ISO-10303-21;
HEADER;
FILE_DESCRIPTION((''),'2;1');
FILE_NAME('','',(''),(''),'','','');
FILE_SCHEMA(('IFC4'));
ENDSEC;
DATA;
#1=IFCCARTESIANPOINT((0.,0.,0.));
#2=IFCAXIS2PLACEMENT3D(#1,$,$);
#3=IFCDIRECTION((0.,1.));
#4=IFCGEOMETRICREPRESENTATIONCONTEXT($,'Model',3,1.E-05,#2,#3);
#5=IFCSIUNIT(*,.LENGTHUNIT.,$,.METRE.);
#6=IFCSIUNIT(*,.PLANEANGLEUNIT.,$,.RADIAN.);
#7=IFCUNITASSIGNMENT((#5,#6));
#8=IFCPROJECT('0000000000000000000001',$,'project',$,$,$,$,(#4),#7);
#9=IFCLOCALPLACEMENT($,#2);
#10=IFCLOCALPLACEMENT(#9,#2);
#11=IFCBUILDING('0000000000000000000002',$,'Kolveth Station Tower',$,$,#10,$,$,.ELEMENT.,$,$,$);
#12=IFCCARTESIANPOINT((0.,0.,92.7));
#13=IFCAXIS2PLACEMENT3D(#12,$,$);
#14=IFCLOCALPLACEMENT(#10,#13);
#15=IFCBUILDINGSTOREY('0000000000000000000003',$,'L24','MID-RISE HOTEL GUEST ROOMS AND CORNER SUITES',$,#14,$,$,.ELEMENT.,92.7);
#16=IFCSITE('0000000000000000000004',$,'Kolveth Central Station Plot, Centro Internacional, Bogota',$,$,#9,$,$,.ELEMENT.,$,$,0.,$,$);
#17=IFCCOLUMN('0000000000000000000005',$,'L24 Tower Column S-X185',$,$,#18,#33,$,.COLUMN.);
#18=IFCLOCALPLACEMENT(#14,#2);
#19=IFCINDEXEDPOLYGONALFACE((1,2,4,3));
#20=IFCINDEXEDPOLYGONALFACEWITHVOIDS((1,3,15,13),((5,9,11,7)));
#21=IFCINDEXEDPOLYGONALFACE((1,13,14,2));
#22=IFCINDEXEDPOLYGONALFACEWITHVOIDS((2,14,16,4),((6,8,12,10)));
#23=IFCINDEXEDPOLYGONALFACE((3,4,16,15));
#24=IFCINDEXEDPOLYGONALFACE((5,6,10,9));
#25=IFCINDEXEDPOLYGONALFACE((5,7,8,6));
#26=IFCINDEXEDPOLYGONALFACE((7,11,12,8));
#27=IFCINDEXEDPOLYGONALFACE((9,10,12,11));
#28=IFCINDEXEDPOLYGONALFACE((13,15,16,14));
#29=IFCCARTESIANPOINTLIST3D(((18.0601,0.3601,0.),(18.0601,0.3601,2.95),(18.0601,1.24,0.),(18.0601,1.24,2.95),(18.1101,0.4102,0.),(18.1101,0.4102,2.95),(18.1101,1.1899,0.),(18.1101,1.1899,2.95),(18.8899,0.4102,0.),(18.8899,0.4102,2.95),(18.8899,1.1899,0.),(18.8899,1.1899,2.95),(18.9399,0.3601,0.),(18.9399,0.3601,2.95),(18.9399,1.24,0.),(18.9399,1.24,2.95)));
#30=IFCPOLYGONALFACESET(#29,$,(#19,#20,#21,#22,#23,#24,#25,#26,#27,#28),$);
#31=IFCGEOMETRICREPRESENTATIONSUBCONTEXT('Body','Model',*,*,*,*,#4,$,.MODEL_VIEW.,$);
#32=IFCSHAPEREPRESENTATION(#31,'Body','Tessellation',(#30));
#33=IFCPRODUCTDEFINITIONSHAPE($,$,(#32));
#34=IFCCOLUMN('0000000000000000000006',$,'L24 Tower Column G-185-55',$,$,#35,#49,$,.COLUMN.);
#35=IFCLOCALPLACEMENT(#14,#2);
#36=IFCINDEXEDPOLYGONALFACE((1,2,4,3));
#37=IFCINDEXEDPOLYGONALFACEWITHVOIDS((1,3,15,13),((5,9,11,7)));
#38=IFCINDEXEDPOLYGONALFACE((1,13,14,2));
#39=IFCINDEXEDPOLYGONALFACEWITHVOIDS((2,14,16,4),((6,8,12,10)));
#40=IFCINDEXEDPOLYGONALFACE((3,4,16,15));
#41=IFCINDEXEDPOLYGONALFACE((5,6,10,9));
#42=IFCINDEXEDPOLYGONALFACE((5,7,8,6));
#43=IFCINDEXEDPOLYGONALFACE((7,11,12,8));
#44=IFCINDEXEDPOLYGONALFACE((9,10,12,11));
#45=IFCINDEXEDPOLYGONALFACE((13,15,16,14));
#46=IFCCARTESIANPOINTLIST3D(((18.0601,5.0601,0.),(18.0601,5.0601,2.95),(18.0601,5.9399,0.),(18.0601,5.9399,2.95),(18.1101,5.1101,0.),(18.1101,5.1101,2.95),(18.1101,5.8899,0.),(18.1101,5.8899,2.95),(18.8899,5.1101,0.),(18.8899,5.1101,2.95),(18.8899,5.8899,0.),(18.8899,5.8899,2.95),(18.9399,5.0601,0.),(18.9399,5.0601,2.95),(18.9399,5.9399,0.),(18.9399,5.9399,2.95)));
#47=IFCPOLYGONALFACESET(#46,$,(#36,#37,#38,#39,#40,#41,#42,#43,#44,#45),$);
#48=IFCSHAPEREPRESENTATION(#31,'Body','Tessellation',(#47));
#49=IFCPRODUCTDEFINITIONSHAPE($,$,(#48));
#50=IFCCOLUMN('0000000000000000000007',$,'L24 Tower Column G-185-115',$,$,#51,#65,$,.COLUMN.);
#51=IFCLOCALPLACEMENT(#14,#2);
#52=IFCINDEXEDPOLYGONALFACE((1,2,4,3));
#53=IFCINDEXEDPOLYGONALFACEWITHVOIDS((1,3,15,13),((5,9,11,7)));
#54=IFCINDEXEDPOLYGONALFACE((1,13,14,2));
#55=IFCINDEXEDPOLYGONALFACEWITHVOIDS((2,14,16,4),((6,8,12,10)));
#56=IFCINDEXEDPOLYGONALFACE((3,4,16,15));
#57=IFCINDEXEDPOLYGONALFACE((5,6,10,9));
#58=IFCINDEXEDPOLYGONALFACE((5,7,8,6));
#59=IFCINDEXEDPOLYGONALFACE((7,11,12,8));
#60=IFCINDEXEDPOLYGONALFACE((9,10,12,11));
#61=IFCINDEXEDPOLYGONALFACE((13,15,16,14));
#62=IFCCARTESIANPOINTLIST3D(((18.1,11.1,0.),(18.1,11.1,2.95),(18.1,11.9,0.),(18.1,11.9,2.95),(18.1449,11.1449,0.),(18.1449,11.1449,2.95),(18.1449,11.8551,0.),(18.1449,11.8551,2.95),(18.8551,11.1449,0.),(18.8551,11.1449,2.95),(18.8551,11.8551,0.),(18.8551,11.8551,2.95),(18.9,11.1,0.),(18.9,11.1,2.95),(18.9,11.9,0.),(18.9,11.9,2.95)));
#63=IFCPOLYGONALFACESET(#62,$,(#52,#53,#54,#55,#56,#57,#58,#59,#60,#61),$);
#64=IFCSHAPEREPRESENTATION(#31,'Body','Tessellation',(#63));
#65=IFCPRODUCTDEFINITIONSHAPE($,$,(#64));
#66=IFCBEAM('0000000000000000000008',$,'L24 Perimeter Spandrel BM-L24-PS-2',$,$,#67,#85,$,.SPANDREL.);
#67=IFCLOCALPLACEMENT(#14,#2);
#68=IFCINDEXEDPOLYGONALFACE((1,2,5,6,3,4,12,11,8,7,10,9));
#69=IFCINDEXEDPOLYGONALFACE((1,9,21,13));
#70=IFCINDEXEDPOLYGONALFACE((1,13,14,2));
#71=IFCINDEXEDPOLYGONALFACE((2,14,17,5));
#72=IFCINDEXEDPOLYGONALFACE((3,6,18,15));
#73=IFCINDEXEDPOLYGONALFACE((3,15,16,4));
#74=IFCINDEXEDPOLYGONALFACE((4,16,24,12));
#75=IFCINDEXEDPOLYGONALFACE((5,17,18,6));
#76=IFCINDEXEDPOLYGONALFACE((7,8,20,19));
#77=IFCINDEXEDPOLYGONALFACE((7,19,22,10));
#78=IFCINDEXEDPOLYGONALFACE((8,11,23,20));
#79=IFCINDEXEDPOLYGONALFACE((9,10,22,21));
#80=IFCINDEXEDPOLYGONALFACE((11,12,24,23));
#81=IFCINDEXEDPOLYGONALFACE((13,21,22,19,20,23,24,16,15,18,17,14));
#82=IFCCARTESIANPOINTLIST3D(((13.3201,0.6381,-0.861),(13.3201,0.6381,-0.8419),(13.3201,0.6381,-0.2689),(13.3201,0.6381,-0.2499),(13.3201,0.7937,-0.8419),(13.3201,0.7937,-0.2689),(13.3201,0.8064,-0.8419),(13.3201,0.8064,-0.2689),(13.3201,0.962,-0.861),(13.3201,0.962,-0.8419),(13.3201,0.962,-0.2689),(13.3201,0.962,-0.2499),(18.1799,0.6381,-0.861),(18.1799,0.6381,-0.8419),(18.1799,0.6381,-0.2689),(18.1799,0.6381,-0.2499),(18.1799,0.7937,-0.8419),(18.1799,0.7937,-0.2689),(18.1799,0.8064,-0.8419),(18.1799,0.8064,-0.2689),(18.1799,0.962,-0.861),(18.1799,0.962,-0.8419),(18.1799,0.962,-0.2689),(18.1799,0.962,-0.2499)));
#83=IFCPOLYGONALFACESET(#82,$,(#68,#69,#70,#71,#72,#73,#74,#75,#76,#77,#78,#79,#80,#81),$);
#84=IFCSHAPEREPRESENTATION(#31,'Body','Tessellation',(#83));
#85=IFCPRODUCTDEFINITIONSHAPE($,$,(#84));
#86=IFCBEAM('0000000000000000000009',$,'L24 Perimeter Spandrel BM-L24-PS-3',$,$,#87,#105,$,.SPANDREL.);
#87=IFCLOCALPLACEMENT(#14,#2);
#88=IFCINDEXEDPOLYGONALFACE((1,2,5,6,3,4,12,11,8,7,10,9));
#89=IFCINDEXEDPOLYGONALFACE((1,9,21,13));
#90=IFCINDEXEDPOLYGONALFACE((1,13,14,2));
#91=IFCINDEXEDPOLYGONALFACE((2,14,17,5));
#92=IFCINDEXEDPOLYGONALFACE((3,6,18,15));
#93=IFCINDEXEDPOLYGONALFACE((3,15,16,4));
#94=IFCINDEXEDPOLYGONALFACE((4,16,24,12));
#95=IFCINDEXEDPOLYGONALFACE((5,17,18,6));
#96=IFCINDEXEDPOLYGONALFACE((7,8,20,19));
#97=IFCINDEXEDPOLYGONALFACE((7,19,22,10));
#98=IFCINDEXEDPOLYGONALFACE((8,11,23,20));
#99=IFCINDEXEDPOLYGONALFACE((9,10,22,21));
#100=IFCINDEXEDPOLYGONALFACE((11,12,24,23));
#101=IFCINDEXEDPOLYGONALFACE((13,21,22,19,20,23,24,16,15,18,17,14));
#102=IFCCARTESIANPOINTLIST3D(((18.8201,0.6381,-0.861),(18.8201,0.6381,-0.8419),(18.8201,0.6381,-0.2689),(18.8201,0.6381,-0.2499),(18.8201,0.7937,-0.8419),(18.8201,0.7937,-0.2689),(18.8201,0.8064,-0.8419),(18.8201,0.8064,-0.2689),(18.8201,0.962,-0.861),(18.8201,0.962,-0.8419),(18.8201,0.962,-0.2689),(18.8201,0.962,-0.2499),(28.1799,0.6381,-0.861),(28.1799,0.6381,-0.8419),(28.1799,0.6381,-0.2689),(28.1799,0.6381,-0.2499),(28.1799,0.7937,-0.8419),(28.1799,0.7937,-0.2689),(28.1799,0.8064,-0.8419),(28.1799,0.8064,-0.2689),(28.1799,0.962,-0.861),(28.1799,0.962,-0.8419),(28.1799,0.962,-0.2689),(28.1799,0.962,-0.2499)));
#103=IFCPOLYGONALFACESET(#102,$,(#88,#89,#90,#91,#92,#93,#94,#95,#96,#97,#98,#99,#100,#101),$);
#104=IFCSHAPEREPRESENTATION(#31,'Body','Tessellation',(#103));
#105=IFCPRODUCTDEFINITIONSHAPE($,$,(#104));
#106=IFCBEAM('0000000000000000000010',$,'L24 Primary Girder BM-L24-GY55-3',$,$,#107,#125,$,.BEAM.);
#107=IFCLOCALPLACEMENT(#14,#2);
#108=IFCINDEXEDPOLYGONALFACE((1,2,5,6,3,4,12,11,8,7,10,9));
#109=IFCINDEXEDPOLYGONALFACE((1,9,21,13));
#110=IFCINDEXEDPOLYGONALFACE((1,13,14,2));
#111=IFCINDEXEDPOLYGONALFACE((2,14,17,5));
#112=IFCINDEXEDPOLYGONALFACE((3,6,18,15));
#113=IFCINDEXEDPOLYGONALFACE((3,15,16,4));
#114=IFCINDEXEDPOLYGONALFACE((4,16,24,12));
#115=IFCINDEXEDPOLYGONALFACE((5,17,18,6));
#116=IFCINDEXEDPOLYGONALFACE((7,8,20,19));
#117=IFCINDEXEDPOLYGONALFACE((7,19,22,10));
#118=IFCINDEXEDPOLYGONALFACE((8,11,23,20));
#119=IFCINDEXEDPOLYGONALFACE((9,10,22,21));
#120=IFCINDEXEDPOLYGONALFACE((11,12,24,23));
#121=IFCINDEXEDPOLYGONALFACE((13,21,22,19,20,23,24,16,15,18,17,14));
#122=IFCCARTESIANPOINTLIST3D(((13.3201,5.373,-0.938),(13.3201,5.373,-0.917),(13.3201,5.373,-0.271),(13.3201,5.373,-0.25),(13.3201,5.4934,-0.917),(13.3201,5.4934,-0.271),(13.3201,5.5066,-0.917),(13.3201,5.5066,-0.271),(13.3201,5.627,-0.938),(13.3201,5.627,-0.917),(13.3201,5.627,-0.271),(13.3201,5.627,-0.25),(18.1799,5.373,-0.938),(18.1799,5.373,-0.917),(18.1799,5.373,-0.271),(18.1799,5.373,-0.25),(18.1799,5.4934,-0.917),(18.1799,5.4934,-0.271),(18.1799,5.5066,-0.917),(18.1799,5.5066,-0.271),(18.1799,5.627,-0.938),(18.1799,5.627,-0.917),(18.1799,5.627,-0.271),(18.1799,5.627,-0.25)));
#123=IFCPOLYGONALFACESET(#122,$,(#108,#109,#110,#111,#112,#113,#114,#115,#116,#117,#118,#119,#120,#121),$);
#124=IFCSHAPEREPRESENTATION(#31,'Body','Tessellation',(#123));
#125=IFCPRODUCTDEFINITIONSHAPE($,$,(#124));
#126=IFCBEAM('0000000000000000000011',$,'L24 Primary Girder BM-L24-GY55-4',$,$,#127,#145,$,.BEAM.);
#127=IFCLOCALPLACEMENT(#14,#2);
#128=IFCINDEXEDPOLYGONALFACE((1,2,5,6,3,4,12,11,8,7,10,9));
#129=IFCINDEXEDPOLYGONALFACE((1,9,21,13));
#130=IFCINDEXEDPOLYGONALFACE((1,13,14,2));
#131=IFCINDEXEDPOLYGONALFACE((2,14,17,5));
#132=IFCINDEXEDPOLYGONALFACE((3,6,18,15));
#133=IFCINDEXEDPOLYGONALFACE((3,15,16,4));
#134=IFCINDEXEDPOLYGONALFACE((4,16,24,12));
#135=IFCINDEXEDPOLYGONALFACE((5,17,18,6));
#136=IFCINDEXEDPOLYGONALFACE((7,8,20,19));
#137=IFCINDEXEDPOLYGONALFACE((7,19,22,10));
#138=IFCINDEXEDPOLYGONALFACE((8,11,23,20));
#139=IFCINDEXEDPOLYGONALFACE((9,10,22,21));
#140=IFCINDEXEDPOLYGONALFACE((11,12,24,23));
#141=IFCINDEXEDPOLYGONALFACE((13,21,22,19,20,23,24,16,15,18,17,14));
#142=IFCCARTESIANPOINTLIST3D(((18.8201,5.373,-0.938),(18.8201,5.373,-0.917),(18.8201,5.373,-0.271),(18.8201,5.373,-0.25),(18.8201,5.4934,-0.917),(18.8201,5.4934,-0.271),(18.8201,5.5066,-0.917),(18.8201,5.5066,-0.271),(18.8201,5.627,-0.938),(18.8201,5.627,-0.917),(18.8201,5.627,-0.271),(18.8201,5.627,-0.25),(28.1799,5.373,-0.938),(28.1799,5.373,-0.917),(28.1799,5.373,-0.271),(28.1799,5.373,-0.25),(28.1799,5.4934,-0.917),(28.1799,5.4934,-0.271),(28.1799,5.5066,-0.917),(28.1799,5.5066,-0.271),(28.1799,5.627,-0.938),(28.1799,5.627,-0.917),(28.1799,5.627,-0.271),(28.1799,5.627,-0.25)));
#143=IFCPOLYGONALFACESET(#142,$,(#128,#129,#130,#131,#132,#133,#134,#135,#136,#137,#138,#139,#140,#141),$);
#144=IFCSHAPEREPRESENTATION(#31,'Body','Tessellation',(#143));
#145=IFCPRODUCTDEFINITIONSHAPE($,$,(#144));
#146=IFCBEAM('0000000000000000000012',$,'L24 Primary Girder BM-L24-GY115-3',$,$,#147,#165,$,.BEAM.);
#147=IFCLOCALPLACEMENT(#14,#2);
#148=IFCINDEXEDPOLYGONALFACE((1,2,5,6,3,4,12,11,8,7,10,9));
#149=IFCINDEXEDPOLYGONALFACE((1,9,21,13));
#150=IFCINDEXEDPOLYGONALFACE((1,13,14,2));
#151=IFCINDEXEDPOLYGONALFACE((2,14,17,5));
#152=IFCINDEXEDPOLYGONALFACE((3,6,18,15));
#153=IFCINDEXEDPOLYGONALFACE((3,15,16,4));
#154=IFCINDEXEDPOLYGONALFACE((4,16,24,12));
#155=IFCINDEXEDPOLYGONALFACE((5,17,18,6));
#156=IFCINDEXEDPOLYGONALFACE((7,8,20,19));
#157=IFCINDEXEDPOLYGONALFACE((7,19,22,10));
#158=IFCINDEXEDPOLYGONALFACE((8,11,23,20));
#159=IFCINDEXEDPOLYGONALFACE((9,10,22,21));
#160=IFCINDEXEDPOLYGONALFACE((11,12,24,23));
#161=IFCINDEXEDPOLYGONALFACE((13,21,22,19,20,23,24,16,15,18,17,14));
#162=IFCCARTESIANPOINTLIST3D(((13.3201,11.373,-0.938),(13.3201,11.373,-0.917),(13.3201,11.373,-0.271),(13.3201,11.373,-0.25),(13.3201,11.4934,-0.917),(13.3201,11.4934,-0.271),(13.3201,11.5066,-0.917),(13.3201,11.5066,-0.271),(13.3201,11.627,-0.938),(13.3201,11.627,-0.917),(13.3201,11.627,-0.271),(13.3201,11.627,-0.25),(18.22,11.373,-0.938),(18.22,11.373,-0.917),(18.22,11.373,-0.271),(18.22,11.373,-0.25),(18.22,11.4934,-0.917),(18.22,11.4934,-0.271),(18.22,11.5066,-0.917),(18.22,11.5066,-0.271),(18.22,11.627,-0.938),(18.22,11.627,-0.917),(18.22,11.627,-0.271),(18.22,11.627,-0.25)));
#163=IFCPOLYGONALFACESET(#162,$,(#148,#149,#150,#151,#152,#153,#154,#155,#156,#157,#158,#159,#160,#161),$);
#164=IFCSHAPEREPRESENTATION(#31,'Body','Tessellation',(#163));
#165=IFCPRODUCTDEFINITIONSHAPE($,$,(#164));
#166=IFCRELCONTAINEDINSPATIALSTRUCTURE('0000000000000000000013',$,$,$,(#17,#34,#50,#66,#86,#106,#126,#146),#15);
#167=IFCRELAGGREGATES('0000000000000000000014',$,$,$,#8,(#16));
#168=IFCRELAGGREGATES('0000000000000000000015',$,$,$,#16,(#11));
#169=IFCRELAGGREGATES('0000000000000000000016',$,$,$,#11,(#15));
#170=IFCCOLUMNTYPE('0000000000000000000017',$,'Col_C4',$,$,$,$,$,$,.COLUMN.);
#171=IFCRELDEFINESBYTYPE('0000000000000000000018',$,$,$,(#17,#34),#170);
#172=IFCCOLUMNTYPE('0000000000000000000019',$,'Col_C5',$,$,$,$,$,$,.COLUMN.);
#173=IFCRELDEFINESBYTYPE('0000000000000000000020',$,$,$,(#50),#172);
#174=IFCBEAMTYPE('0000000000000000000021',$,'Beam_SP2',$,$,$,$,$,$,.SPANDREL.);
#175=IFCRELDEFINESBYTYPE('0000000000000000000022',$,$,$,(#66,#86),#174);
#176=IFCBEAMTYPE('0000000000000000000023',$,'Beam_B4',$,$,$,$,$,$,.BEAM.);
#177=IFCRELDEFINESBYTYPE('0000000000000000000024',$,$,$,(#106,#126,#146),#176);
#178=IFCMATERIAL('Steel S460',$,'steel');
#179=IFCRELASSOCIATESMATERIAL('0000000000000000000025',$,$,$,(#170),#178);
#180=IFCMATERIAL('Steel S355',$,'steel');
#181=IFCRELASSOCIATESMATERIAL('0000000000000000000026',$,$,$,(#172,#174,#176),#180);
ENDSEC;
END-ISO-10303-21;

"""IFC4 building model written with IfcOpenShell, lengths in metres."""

from ifc_helpers import new_model, si_unit, direction, frame, origin, origin_2d, place, context, subcontext, project, spatial, hollow_rectangle, i_section, extrude, source, transform, mapped, material, material_profile, profile_set, type_object, element, save


model = new_model("IFC4")

# Units and contexts
model_context = context("Model", 3, precision=1e-05, world=origin(), true_north=direction((0.0, 1.0)))
body_context = subcontext(model_context, "Body", "Model", "MODEL_VIEW")
ifc_project = project(units=[si_unit("LENGTHUNIT", "METRE"), si_unit("PLANEANGLEUNIT", "RADIAN")], contexts=[model_context])

# Site, building, storey
site_placement = place(None, origin())
site = spatial("IfcSite", under=ifc_project, at=site_placement, Name="Kolveth Central Station Plot, Centro Internacional, Bogota", CompositionType="ELEMENT", RefElevation=0.0)
building_placement = place(site_placement, origin())
building = spatial("IfcBuilding", under=site, at=building_placement, Name="Kolveth Station Tower", CompositionType="ELEMENT")
storey_placement = place(building_placement, frame((0.0, 0.0, 92.7)))
storey = spatial("IfcBuildingStorey", under=building, at=storey_placement, Name="L24", Description="MID-RISE HOTEL GUEST ROOMS AND CORNER SUITES", CompositionType="ELEMENT", Elevation=92.7)

# Columns
ifc_material_1 = material(Name="Steel S460", Category="steel")
ifc_material_profile_1 = material_profile(ifc_material_1, hollow_rectangle(XDim=0.8799, YDim=0.8799, WallThickness=0.05, at=origin_2d()), Name="BOX880x880x50")
ifc_profile_set_1 = profile_set([ifc_material_profile_1], Name="Steel S460")
column_type_1 = type_object("IfcColumnType", Name="Col_C4", PredefinedType="COLUMN", material=ifc_profile_set_1)
shared_shape_1 = source(origin(), body_context, "Body", "SweptSolid", [
    extrude(hollow_rectangle(XDim=0.8799, YDim=0.8799, WallThickness=0.05, at=origin_2d()), origin(), (0.0, 0.0, 1.0), 2.95),
])
for number, where, z_axis, x_axis, name in (
    (1, (18.5, 0.8, 0.0), (0.0, 0.0, 1.0), (1.0, 0.0, 0.0), "L24 Tower Column S-X185"),
    (2, (18.5, 5.5, 0.0), (0.0, 0.0, 1.0), (1.0, 0.0, 0.0), "L24 Tower Column G-185-55"),
):
    element("IfcColumn", number, at=place(storey_placement, frame(where, z_axis=z_axis, x_axis=x_axis)), inside=storey, type_object=column_type_1, Name=name, PredefinedType="COLUMN", context=body_context, shape_type="MappedRepresentation", body=[
        mapped(shared_shape_1, transform((0.0, 0.0, 0.0), x_axis=(1.0, 0.0, 0.0), y_axis=(0.0, 1.0, 0.0), z_axis=(0.0, 0.0, 1.0), scale=1.0)),
    ])
ifc_material_2 = material(Name="Steel S355", Category="steel")
ifc_material_profile_2 = material_profile(ifc_material_2, hollow_rectangle(XDim=0.8, YDim=0.8, WallThickness=0.0449, at=origin_2d()), Name="BOX800x800x45")
ifc_profile_set_2 = profile_set([ifc_material_profile_2], Name="Steel S355")
column_type_2 = type_object("IfcColumnType", Name="Col_C5", PredefinedType="COLUMN", material=ifc_profile_set_2)
shared_shape_2 = source(origin(), body_context, "Body", "SweptSolid", [
    extrude(hollow_rectangle(XDim=0.8, YDim=0.8, WallThickness=0.0449, at=origin_2d()), origin(), (0.0, 0.0, 1.0), 2.95),
])
column_placement = place(storey_placement, frame((18.5, 11.5, 0.0), z_axis=(0.0, 0.0, 1.0), x_axis=(1.0, 0.0, 0.0)))
element("IfcColumn", 3, at=column_placement, inside=storey, type_object=column_type_2, Name="L24 Tower Column G-185-115", PredefinedType="COLUMN", context=body_context, shape_type="MappedRepresentation", body=[
    mapped(shared_shape_2, transform((0.0, 0.0, 0.0), x_axis=(1.0, 0.0, 0.0), y_axis=(0.0, 1.0, 0.0), z_axis=(0.0, 0.0, 1.0), scale=1.0)),
])

# Beams
ifc_material_profile_3 = material_profile(ifc_material_2, i_section(OverallWidth=0.324, OverallDepth=0.6111, WebThickness=0.0127, FlangeThickness=0.019, at=origin_2d()), Name="W610x155")
ifc_profile_set_3 = profile_set([ifc_material_profile_3], Name="Steel S355")
beam_type_1 = type_object("IfcBeamType", Name="Beam_SP2", PredefinedType="SPANDREL", material=ifc_profile_set_3)
shared_shape_3 = source(origin(), body_context, "Body", "SweptSolid", [
    extrude(i_section(OverallWidth=0.324, OverallDepth=0.6111, WebThickness=0.0127, FlangeThickness=0.019, at=origin_2d()), origin(), (0.0, 0.0, 1.0), 4.8599),
])
beam_1_placement = place(storey_placement, frame((13.3201, 0.8, -0.5554), z_axis=(1.0, 0.0, 0.0), x_axis=(0.0, 1.0, 0.0)))
element("IfcBeam", 4, at=beam_1_placement, inside=storey, type_object=beam_type_1, Name="L24 Perimeter Spandrel BM-L24-PS-2", PredefinedType="SPANDREL", context=body_context, shape_type="MappedRepresentation", body=[
    mapped(shared_shape_3, transform((0.0, 0.0, 0.0), x_axis=(1.0, 0.0, 0.0), y_axis=(0.0, 1.0, 0.0), z_axis=(0.0, 0.0, 1.0), scale=1.0)),
])
shared_shape_4 = source(origin(), body_context, "Body", "SweptSolid", [
    extrude(i_section(OverallWidth=0.324, OverallDepth=0.6111, WebThickness=0.0127, FlangeThickness=0.019, at=origin_2d()), origin(), (0.0, 0.0, 1.0), 9.3599),
])
beam_2_placement = place(storey_placement, frame((18.8201, 0.8, -0.5554), z_axis=(1.0, 0.0, 0.0), x_axis=(0.0, 1.0, 0.0)))
element("IfcBeam", 5, at=beam_2_placement, inside=storey, type_object=beam_type_1, Name="L24 Perimeter Spandrel BM-L24-PS-3", PredefinedType="SPANDREL", context=body_context, shape_type="MappedRepresentation", body=[
    mapped(shared_shape_4, transform((0.0, 0.0, 0.0), x_axis=(1.0, 0.0, 0.0), y_axis=(0.0, 1.0, 0.0), z_axis=(0.0, 0.0, 1.0), scale=1.0)),
])
ifc_material_profile_4 = material_profile(ifc_material_2, i_section(OverallWidth=0.2539, OverallDepth=0.688, WebThickness=0.0132, FlangeThickness=0.021, at=origin_2d()), Name="W690x152")
ifc_profile_set_4 = profile_set([ifc_material_profile_4], Name="Steel S355")
beam_type_2 = type_object("IfcBeamType", Name="Beam_B4", PredefinedType="BEAM", material=ifc_profile_set_4)
shared_shape_5 = source(origin(), body_context, "Body", "SweptSolid", [
    extrude(i_section(OverallWidth=0.2539, OverallDepth=0.688, WebThickness=0.0132, FlangeThickness=0.021, at=origin_2d()), origin(), (0.0, 0.0, 1.0), 4.8599),
])
beam_3_placement = place(storey_placement, frame((13.3201, 5.5, -0.594), z_axis=(1.0, 0.0, 0.0), x_axis=(0.0, 1.0, 0.0)))
element("IfcBeam", 6, at=beam_3_placement, inside=storey, type_object=beam_type_2, Name="L24 Primary Girder BM-L24-GY55-3", PredefinedType="BEAM", context=body_context, shape_type="MappedRepresentation", body=[
    mapped(shared_shape_5, transform((0.0, 0.0, 0.0), x_axis=(1.0, 0.0, 0.0), y_axis=(0.0, 1.0, 0.0), z_axis=(0.0, 0.0, 1.0), scale=1.0)),
])
shared_shape_6 = source(origin(), body_context, "Body", "SweptSolid", [
    extrude(i_section(OverallWidth=0.2539, OverallDepth=0.688, WebThickness=0.0132, FlangeThickness=0.021, at=origin_2d()), origin(), (0.0, 0.0, 1.0), 9.3599),
])
beam_4_placement = place(storey_placement, frame((18.8201, 5.5, -0.594), z_axis=(1.0, 0.0, 0.0), x_axis=(0.0, 1.0, 0.0)))
element("IfcBeam", 7, at=beam_4_placement, inside=storey, type_object=beam_type_2, Name="L24 Primary Girder BM-L24-GY55-4", PredefinedType="BEAM", context=body_context, shape_type="MappedRepresentation", body=[
    mapped(shared_shape_6, transform((0.0, 0.0, 0.0), x_axis=(1.0, 0.0, 0.0), y_axis=(0.0, 1.0, 0.0), z_axis=(0.0, 0.0, 1.0), scale=1.0)),
])
shared_shape_7 = source(origin(), body_context, "Body", "SweptSolid", [
    extrude(i_section(OverallWidth=0.2539, OverallDepth=0.688, WebThickness=0.0132, FlangeThickness=0.021, at=origin_2d()), origin(), (0.0, 0.0, 1.0), 4.8999),
])
beam_5_placement = place(storey_placement, frame((13.3201, 11.5, -0.594), z_axis=(1.0, 0.0, 0.0), x_axis=(0.0, 1.0, 0.0)))
element("IfcBeam", 8, at=beam_5_placement, inside=storey, type_object=beam_type_2, Name="L24 Primary Girder BM-L24-GY115-3", PredefinedType="BEAM", context=body_context, shape_type="MappedRepresentation", body=[
    mapped(shared_shape_7, transform((0.0, 0.0, 0.0), x_axis=(1.0, 0.0, 0.0), y_axis=(0.0, 1.0, 0.0), z_axis=(0.0, 0.0, 1.0), scale=1.0)),
])

save(model, "model.ifc")
